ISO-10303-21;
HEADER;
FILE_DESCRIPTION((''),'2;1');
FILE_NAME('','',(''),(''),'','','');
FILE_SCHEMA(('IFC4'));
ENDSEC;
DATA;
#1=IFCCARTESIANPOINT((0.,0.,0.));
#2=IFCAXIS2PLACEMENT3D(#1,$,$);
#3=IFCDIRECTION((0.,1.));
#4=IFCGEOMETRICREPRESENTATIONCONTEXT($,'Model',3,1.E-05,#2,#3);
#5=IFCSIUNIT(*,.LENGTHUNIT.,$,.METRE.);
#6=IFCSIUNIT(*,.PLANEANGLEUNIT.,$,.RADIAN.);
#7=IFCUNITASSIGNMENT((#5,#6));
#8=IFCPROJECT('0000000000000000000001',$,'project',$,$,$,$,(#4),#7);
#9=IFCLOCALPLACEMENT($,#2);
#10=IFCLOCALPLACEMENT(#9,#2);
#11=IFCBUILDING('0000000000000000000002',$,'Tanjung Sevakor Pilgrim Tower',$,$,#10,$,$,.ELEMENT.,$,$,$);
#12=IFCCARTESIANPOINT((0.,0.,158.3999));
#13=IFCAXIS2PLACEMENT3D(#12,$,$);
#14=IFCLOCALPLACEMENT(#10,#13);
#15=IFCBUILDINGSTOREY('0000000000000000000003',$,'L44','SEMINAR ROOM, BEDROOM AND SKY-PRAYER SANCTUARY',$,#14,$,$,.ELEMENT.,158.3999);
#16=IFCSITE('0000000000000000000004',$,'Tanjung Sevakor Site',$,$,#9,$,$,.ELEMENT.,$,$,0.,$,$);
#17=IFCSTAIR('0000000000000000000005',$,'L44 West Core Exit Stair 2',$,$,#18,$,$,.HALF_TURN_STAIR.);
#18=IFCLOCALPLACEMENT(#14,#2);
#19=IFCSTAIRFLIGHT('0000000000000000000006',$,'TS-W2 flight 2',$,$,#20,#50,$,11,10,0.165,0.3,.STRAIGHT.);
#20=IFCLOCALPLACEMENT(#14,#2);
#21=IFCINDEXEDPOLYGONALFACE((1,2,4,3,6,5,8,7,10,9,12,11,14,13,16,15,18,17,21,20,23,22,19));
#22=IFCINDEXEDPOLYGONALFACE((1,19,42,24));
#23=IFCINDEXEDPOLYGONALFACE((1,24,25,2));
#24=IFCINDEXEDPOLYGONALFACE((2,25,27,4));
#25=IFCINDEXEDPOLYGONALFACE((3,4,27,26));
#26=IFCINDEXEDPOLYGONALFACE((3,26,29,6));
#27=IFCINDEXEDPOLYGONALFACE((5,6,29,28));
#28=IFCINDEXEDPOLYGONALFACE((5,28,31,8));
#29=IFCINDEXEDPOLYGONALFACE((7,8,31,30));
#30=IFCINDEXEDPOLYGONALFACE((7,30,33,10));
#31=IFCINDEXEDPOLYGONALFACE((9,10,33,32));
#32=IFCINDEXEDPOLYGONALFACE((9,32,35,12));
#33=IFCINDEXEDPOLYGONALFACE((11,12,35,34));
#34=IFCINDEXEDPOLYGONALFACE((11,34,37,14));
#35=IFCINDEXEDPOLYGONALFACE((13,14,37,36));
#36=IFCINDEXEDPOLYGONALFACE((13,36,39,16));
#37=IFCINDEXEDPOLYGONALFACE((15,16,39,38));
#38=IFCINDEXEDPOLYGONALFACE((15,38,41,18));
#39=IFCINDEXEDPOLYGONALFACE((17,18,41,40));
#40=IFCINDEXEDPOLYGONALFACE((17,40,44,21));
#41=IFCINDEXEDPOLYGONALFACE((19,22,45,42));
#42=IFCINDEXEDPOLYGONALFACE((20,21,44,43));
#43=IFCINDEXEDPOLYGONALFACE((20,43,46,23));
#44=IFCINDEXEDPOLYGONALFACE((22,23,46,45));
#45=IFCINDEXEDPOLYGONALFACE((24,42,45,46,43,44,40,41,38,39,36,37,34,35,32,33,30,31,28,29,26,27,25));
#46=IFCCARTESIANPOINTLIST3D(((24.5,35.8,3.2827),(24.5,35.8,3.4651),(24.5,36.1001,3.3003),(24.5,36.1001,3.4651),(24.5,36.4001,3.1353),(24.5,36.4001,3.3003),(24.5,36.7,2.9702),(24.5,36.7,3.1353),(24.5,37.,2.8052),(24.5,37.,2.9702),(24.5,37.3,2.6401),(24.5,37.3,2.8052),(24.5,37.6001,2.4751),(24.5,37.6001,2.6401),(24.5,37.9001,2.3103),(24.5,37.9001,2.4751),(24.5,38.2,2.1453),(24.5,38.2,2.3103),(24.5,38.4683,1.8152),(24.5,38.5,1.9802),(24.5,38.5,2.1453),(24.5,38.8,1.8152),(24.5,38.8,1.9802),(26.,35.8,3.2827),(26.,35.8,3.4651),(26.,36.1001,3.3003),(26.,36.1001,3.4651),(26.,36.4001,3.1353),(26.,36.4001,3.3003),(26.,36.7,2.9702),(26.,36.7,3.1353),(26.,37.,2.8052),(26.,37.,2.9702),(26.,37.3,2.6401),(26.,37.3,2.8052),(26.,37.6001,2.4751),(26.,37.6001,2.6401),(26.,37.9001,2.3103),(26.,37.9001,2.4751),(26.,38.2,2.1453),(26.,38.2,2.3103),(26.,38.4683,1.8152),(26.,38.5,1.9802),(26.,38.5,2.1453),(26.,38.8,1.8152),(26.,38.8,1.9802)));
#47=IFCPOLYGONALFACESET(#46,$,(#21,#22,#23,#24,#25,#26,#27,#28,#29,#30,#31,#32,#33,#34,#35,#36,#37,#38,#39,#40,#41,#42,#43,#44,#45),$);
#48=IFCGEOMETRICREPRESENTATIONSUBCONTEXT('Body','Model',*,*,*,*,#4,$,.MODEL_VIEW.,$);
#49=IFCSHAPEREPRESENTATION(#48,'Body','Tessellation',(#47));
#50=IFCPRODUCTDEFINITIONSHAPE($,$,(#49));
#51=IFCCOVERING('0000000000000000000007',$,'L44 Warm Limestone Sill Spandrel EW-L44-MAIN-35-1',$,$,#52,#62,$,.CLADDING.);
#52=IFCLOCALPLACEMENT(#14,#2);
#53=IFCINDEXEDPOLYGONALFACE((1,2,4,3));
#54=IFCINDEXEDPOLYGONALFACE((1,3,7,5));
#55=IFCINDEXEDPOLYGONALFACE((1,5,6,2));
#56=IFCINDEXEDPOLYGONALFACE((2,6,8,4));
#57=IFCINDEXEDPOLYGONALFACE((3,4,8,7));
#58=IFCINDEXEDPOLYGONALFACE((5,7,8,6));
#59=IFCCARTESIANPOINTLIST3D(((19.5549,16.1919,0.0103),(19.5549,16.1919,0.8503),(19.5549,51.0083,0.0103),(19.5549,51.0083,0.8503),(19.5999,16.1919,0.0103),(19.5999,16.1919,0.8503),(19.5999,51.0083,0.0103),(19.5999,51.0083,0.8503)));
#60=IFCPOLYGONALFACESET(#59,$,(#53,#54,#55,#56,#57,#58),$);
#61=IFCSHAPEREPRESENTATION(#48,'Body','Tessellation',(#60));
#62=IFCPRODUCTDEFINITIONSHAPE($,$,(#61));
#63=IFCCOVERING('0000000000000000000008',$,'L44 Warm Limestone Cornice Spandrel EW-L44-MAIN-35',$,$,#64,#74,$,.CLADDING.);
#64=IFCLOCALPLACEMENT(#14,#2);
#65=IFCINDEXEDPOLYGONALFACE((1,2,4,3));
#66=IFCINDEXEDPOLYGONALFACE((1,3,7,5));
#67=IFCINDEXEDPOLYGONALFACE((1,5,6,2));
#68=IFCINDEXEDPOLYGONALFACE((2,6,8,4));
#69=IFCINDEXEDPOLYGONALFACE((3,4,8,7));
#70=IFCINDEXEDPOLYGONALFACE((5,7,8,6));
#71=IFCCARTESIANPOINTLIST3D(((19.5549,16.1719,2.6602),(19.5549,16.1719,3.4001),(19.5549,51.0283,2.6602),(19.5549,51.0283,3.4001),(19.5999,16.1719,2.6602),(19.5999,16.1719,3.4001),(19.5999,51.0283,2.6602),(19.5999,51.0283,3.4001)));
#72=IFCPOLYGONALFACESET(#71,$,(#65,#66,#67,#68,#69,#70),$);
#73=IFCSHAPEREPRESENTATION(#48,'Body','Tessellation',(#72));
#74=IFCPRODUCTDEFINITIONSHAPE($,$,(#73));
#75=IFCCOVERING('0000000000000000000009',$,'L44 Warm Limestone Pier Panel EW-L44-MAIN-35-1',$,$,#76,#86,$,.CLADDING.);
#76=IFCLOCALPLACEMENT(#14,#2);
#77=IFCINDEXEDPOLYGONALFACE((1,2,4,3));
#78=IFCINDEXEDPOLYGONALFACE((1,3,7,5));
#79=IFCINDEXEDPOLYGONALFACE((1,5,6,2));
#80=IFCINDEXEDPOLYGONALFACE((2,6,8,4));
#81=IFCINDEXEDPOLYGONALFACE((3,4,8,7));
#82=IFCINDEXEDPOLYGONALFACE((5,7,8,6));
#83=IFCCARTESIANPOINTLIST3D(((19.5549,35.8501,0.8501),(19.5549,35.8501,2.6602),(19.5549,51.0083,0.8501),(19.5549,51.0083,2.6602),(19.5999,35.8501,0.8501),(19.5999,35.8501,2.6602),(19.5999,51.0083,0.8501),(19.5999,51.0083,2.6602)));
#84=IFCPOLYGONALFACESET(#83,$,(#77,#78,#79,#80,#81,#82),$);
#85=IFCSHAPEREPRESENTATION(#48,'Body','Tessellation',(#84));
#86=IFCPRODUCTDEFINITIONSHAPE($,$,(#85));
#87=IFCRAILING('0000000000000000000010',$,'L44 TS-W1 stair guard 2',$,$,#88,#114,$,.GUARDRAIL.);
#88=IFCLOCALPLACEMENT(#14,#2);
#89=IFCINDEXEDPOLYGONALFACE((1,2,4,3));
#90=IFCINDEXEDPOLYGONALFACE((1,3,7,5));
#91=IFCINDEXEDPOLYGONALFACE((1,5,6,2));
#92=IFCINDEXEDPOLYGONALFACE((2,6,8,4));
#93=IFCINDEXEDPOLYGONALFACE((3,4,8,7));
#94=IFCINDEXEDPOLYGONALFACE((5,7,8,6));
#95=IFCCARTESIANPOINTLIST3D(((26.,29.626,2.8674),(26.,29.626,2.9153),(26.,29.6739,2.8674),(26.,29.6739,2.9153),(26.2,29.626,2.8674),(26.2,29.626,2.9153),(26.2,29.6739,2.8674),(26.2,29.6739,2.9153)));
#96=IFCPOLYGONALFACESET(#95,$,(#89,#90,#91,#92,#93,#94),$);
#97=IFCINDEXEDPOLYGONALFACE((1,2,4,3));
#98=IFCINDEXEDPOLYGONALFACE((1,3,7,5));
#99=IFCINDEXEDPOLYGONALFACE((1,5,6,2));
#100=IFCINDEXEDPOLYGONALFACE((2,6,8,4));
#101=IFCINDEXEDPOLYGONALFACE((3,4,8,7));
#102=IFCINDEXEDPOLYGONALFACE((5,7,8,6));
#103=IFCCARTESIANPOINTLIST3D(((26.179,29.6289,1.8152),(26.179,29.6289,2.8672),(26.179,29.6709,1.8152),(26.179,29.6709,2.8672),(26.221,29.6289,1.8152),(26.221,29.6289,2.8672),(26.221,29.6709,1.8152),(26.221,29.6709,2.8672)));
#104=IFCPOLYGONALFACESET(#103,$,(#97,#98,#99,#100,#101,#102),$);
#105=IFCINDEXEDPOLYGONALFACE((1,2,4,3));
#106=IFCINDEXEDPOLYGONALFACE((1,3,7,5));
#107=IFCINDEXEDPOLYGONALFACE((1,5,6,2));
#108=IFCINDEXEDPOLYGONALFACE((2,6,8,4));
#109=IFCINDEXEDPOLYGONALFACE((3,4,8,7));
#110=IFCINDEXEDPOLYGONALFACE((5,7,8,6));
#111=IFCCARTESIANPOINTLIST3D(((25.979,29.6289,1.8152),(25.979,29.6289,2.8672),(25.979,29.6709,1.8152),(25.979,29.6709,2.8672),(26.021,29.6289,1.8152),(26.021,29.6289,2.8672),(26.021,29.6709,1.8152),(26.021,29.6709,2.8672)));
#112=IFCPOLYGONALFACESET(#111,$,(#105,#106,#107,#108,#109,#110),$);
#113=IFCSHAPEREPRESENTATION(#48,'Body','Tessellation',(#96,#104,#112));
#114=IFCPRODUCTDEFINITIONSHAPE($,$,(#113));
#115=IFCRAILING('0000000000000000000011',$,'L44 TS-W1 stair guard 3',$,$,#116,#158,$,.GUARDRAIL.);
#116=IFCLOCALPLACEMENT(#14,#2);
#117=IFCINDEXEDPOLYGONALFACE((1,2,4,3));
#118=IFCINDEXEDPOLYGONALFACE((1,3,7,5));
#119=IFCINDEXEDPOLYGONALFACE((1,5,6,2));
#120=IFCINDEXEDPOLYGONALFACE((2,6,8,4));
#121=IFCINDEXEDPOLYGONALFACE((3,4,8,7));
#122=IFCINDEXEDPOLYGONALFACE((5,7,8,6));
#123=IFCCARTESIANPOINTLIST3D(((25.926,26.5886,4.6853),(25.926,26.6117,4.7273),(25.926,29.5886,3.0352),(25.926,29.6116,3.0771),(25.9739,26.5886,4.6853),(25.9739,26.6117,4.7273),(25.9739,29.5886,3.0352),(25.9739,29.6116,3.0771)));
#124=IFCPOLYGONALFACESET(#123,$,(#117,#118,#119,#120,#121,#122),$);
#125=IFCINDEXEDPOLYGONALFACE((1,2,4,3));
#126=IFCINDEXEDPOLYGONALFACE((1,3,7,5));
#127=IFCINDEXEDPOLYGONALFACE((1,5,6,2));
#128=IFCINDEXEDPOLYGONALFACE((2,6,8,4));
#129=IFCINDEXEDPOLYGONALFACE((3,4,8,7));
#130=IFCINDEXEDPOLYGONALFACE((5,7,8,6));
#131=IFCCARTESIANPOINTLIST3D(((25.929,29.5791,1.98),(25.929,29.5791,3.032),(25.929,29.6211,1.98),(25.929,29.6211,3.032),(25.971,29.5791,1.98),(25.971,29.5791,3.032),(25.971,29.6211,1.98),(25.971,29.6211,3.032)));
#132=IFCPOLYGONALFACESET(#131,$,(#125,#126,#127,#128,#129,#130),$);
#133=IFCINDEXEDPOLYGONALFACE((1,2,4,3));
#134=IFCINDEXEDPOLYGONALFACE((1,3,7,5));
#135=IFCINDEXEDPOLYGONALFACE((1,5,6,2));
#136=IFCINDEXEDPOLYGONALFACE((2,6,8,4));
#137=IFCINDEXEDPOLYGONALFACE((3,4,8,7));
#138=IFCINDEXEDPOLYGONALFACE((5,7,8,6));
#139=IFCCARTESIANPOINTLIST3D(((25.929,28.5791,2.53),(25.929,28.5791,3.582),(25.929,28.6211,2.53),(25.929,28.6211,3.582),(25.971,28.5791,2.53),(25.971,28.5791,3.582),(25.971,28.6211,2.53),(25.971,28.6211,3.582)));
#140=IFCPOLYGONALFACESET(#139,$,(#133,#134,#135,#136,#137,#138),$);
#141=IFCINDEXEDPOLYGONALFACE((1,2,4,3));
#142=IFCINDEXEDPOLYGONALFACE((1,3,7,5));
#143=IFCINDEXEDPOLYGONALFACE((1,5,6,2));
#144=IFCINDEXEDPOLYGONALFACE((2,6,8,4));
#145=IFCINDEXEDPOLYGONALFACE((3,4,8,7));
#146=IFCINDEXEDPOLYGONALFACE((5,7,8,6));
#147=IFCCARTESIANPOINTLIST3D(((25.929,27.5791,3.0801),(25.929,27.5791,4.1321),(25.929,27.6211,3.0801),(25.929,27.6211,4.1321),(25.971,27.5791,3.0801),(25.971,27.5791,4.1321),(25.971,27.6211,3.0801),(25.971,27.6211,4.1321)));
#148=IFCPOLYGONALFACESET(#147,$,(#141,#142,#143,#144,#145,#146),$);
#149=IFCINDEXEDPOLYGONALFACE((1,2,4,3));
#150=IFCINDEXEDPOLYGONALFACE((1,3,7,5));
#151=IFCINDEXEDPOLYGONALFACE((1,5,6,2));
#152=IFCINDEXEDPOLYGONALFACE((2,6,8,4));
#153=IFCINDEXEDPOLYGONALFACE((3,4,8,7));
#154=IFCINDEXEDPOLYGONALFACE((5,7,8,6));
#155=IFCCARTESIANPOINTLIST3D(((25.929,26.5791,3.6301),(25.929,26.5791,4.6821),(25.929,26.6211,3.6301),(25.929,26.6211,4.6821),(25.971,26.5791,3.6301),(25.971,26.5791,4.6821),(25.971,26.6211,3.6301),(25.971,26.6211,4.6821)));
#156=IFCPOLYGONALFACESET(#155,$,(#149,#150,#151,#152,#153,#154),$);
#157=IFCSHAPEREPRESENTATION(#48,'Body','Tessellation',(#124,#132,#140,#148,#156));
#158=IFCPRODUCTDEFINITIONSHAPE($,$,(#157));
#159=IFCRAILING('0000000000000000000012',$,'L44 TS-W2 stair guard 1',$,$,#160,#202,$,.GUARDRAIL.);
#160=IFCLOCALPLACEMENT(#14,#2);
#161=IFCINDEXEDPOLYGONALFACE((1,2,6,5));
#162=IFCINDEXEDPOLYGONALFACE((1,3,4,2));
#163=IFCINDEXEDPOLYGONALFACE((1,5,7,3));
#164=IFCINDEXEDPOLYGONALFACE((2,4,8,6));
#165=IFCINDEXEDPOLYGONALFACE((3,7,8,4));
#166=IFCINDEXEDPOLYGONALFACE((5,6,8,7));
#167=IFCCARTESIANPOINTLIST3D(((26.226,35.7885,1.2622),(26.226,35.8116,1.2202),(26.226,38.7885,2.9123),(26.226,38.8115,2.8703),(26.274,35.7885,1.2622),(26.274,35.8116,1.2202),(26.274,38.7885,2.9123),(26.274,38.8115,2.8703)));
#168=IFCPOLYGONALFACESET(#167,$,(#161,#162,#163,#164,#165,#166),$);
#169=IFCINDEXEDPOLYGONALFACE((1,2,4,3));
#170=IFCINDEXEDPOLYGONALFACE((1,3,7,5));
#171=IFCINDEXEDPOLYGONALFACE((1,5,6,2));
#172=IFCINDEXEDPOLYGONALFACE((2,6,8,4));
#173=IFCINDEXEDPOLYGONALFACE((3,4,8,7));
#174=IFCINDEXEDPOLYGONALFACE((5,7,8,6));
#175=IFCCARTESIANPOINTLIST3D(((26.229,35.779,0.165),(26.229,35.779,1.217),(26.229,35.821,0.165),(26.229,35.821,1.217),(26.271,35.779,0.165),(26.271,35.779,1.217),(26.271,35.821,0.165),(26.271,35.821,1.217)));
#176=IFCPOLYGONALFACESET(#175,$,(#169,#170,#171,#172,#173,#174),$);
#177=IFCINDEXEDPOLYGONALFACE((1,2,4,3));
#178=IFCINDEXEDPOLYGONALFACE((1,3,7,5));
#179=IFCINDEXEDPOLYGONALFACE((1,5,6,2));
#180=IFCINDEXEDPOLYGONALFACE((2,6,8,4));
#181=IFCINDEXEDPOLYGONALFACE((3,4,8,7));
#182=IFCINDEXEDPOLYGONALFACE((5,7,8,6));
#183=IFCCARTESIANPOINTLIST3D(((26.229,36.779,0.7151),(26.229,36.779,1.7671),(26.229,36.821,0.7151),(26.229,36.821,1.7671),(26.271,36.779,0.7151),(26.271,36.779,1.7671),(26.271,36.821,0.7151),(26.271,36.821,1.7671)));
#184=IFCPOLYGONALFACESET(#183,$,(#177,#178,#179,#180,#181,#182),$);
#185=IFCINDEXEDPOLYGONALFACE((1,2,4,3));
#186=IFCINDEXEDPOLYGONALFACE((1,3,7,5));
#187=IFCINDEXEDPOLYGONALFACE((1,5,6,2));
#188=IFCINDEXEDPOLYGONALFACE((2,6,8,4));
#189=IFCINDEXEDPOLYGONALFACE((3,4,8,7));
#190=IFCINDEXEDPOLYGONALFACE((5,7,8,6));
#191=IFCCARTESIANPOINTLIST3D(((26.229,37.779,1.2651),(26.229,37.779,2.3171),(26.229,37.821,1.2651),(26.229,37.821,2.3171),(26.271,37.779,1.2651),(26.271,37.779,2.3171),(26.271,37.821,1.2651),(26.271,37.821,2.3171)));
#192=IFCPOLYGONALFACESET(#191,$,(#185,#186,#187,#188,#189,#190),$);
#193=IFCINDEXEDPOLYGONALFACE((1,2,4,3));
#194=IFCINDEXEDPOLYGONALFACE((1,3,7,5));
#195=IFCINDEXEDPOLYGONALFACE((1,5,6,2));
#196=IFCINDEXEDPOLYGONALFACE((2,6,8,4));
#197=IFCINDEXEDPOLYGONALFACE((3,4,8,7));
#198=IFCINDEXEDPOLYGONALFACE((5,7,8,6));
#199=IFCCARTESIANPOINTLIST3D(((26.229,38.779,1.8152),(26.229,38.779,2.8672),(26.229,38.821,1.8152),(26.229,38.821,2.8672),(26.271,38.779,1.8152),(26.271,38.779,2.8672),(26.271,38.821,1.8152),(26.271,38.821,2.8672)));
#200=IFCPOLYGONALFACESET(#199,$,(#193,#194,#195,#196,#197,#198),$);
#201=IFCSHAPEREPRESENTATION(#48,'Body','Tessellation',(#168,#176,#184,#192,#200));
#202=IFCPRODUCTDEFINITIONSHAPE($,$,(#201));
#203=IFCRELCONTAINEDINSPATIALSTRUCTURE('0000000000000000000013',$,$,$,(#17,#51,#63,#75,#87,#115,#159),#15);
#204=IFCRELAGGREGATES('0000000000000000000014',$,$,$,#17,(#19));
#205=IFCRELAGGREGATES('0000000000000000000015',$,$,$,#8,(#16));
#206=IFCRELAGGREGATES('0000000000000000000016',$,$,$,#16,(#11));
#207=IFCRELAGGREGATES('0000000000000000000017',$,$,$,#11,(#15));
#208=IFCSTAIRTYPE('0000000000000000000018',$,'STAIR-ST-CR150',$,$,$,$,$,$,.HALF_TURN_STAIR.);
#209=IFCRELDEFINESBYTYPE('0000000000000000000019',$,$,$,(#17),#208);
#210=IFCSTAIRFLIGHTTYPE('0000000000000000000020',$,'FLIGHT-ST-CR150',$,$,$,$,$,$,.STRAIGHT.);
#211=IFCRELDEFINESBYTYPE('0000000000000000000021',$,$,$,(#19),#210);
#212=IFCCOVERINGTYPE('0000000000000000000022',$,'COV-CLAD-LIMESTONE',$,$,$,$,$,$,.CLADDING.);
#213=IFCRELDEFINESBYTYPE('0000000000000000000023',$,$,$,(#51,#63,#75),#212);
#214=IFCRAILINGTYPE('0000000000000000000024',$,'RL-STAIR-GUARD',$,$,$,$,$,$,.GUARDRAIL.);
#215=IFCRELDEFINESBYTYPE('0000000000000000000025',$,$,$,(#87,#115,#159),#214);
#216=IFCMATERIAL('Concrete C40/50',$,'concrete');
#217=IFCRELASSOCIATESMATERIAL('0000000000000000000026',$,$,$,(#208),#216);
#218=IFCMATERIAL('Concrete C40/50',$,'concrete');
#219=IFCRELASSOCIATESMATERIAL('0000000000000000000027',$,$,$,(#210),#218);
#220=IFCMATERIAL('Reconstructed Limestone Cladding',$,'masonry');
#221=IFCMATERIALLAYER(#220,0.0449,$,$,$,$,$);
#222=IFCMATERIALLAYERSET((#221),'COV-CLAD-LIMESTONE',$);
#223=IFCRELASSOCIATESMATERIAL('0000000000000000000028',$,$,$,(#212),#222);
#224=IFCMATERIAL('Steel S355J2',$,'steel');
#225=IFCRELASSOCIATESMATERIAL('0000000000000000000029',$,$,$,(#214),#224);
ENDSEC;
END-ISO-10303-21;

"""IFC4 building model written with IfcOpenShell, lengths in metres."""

from ifc_helpers import new_model, si_unit, direction, frame, origin, origin_2d, place, context, subcontext, project, spatial, polyline, rectangle, outline, extrude, material, layer, layer_set, type_object, element, aggregate, save


model = new_model("IFC4")

# Units and contexts
model_context = context("Model", 3, precision=1e-05, world=origin(), true_north=direction((0.0, 1.0)))
body_context = subcontext(model_context, "Body", "Model", "MODEL_VIEW")
ifc_project = project(units=[si_unit("LENGTHUNIT", "METRE"), si_unit("PLANEANGLEUNIT", "RADIAN")], contexts=[model_context])

# Site, building, storey
site_placement = place(None, origin())
site = spatial("IfcSite", under=ifc_project, at=site_placement, Name="Tanjung Sevakor Site", CompositionType="ELEMENT", RefElevation=0.0)
building_placement = place(site_placement, origin())
building = spatial("IfcBuilding", under=site, at=building_placement, Name="Tanjung Sevakor Pilgrim Tower", CompositionType="ELEMENT")
storey_placement = place(building_placement, frame((0.0, 0.0, 158.3999)))
storey = spatial("IfcBuildingStorey", under=building, at=storey_placement, Name="L44", Description="SEMINAR ROOM, BEDROOM AND SKY-PRAYER SANCTUARY", CompositionType="ELEMENT", Elevation=158.3999)

# Shared definitions
ifc_material_1 = material(Name="Concrete C40/50", Category="concrete")
stair_type = type_object("IfcStairType", Name="STAIR-ST-CR150", PredefinedType="HALF_TURN_STAIR", material=ifc_material_1)
ifc_material_2 = material(Name="Concrete C40/50", Category="concrete")
stair_flight_type = type_object("IfcStairFlightType", Name="FLIGHT-ST-CR150", PredefinedType="STRAIGHT", material=ifc_material_2)

# Stair, stair flight
stair_1_placement = place(storey_placement, origin())
stair_1 = element("IfcStair", 1, at=stair_1_placement, inside=storey, type_object=stair_type, Name="L44 West Core Exit Stair 2", PredefinedType="HALF_TURN_STAIR")
stair_flight_1_placement = place(storey_placement, frame((25.25, 38.8, 1.8152), z_axis=(0.0, 0.0, 1.0), x_axis=(0.0, -1.0, 0.0)))
stair_flight_1 = element("IfcStairFlight", 2, at=stair_flight_1_placement, type_object=stair_flight_type, Name="TS-W2 flight 2", NumberOfRisers=11, NumberOfTreads=10, PredefinedType="STRAIGHT", RiserHeight=0.165, TreadLength=0.3, context=body_context, shape_type="SweptSolid", body=[
    extrude(outline(polyline([(0.0, 0.0), (0.0, 0.165), (0.3, 0.165), (0.3, 0.3301), (0.6001, 0.3301), (0.6001, 0.4951), (0.8999, 0.4951), (0.8999, 0.6599), (1.2, 0.6599), (1.2, 0.825), (1.5, 0.825), (1.5, 0.99), (1.8, 0.99), (1.8, 1.155), (2.1001, 1.155), (2.1001, 1.3201), (2.3999, 1.3201), (2.3999, 1.4851), (2.7, 1.4851), (2.7, 1.6499), (3.0, 1.6499), (3.0, 1.8149), (3.0, 1.4675), (0.3318, 0.0), (0.0, 0.0)])), frame((0.0, 0.75, 0.0), z_axis=(0.0, -1.0, 0.0), x_axis=(1.0, 0.0, 0.0)), (0.0, 0.0, 1.0), 1.5),
])
aggregate(stair_1, [stair_flight_1])

# Coverings
ifc_material_3 = material(Name="Reconstructed Limestone Cladding", Category="masonry")
ifc_layer_1 = layer(ifc_material_3, 0.0449)
ifc_layer_set_1 = layer_set([ifc_layer_1], Name="COV-CLAD-LIMESTONE")
covering_type = type_object("IfcCoveringType", Name="COV-CLAD-LIMESTONE", PredefinedType="CLADDING", material=ifc_layer_set_1)
covering_1_placement = place(storey_placement, frame((19.5774, 33.6001, 0.0103), z_axis=(0.0, 0.0, 1.0), x_axis=(0.0, -1.0, 0.0)))
element("IfcCovering", 3, at=covering_1_placement, inside=storey, type_object=covering_type, Name="L44 Warm Limestone Sill Spandrel EW-L44-MAIN-35-1", PredefinedType="CLADDING", context=body_context, shape_type="SweptSolid", body=[
    extrude(rectangle(XDim=34.8164, YDim=0.0449, at=origin_2d()), origin(), (0.0, 0.0, 1.0), 0.8401),
])
covering_2_placement = place(storey_placement, frame((19.5774, 33.6001, 2.6602), z_axis=(0.0, 0.0, 1.0), x_axis=(0.0, -1.0, 0.0)))
element("IfcCovering", 4, at=covering_2_placement, inside=storey, type_object=covering_type, Name="L44 Warm Limestone Cornice Spandrel EW-L44-MAIN-35", PredefinedType="CLADDING", context=body_context, shape_type="SweptSolid", body=[
    extrude(rectangle(XDim=34.8564, YDim=0.0449, at=origin_2d()), origin(), (0.0, 0.0, 1.0), 0.74),
])
covering_3_placement = place(storey_placement, frame((19.5774, 43.4292, 0.8501), z_axis=(0.0, 0.0, 1.0), x_axis=(0.0, -1.0, 0.0)))
element("IfcCovering", 5, at=covering_3_placement, inside=storey, type_object=covering_type, Name="L44 Warm Limestone Pier Panel EW-L44-MAIN-35-1", PredefinedType="CLADDING", context=body_context, shape_type="SweptSolid", body=[
    extrude(rectangle(XDim=15.1582, YDim=0.0449, at=origin_2d()), origin(), (0.0, 0.0, 1.0), 1.8101),
])

# Railings
ifc_material_4 = material(Name="Steel S355J2", Category="steel")
railing_type_1 = type_object("IfcRailingType", Name="RL-STAIR-GUARD", PredefinedType="GUARDRAIL", material=ifc_material_4)
railing_1_placement = place(storey_placement, frame((26.2, 29.6499, 1.8152)))
element("IfcRailing", 6, at=railing_1_placement, inside=storey, type_object=railing_type_1, Name="L44 TS-W1 stair guard 2", PredefinedType="GUARDRAIL", context=body_context, shape_type="SweptSolid", body=[
    extrude(rectangle(XDim=0.0479, YDim=0.0479), frame((0.0, 0.0, 1.0762), z_axis=(-1.0, 0.0, 0.0), x_axis=(0.0, -1.0, 0.0)), (0.0, 0.0, 1.0), 0.2),
    extrude(rectangle(XDim=0.042, YDim=0.042), origin(), (0.0, 0.0, 1.0), 1.052),
    extrude(rectangle(XDim=0.042, YDim=0.042), frame((-0.2, 0.0, 0.0)), (0.0, 0.0, 1.0), 1.052),
])
railing_2_placement = place(storey_placement, frame((25.95, 29.6001, 1.98)))
element("IfcRailing", 7, at=railing_2_placement, inside=storey, type_object=railing_type_1, Name="L44 TS-W1 stair guard 3", PredefinedType="GUARDRAIL", context=body_context, shape_type="SweptSolid", body=[
    extrude(rectangle(XDim=0.0479, YDim=0.0479), frame((0.0, 0.0, 1.0762), z_axis=(0.0, -0.876198, 0.481952), x_axis=(1.0, 0.0, 0.0)), (0.0, 0.0, 1.0), 3.4238),
    extrude(rectangle(XDim=0.042, YDim=0.042), origin(), (0.0, 0.0, 1.0), 1.052),
    extrude(rectangle(XDim=0.042, YDim=0.042), frame((0.0, -1.0, 0.55)), (0.0, 0.0, 1.0), 1.052),
    extrude(rectangle(XDim=0.042, YDim=0.042), frame((0.0, -2.0, 1.1001)), (0.0, 0.0, 1.0), 1.052),
    extrude(rectangle(XDim=0.042, YDim=0.042), frame((0.0, -3.0, 1.6501)), (0.0, 0.0, 1.0), 1.052),
])
railing_3_placement = place(storey_placement, frame((26.25, 35.8, 0.165)))
element("IfcRailing", 8, at=railing_3_placement, inside=storey, type_object=railing_type_1, Name="L44 TS-W2 stair guard 1", PredefinedType="GUARDRAIL", context=body_context, shape_type="SweptSolid", body=[
    extrude(rectangle(XDim=0.0479, YDim=0.0479), frame((0.0, 0.0, 1.0762), z_axis=(0.0, 0.876198, 0.481952), x_axis=(-1.0, 0.0, 0.0)), (0.0, 0.0, 1.0), 3.4238),
    extrude(rectangle(XDim=0.042, YDim=0.042), origin(), (0.0, 0.0, 1.0), 1.052),
    extrude(rectangle(XDim=0.042, YDim=0.042), frame((0.0, 1.0, 0.55)), (0.0, 0.0, 1.0), 1.052),
    extrude(rectangle(XDim=0.042, YDim=0.042), frame((0.0, 2.0, 1.1001)), (0.0, 0.0, 1.0), 1.052),
    extrude(rectangle(XDim=0.042, YDim=0.042), frame((0.0, 3.0, 1.6501)), (0.0, 0.0, 1.0), 1.052),
])

save(model, "model.ifc")
